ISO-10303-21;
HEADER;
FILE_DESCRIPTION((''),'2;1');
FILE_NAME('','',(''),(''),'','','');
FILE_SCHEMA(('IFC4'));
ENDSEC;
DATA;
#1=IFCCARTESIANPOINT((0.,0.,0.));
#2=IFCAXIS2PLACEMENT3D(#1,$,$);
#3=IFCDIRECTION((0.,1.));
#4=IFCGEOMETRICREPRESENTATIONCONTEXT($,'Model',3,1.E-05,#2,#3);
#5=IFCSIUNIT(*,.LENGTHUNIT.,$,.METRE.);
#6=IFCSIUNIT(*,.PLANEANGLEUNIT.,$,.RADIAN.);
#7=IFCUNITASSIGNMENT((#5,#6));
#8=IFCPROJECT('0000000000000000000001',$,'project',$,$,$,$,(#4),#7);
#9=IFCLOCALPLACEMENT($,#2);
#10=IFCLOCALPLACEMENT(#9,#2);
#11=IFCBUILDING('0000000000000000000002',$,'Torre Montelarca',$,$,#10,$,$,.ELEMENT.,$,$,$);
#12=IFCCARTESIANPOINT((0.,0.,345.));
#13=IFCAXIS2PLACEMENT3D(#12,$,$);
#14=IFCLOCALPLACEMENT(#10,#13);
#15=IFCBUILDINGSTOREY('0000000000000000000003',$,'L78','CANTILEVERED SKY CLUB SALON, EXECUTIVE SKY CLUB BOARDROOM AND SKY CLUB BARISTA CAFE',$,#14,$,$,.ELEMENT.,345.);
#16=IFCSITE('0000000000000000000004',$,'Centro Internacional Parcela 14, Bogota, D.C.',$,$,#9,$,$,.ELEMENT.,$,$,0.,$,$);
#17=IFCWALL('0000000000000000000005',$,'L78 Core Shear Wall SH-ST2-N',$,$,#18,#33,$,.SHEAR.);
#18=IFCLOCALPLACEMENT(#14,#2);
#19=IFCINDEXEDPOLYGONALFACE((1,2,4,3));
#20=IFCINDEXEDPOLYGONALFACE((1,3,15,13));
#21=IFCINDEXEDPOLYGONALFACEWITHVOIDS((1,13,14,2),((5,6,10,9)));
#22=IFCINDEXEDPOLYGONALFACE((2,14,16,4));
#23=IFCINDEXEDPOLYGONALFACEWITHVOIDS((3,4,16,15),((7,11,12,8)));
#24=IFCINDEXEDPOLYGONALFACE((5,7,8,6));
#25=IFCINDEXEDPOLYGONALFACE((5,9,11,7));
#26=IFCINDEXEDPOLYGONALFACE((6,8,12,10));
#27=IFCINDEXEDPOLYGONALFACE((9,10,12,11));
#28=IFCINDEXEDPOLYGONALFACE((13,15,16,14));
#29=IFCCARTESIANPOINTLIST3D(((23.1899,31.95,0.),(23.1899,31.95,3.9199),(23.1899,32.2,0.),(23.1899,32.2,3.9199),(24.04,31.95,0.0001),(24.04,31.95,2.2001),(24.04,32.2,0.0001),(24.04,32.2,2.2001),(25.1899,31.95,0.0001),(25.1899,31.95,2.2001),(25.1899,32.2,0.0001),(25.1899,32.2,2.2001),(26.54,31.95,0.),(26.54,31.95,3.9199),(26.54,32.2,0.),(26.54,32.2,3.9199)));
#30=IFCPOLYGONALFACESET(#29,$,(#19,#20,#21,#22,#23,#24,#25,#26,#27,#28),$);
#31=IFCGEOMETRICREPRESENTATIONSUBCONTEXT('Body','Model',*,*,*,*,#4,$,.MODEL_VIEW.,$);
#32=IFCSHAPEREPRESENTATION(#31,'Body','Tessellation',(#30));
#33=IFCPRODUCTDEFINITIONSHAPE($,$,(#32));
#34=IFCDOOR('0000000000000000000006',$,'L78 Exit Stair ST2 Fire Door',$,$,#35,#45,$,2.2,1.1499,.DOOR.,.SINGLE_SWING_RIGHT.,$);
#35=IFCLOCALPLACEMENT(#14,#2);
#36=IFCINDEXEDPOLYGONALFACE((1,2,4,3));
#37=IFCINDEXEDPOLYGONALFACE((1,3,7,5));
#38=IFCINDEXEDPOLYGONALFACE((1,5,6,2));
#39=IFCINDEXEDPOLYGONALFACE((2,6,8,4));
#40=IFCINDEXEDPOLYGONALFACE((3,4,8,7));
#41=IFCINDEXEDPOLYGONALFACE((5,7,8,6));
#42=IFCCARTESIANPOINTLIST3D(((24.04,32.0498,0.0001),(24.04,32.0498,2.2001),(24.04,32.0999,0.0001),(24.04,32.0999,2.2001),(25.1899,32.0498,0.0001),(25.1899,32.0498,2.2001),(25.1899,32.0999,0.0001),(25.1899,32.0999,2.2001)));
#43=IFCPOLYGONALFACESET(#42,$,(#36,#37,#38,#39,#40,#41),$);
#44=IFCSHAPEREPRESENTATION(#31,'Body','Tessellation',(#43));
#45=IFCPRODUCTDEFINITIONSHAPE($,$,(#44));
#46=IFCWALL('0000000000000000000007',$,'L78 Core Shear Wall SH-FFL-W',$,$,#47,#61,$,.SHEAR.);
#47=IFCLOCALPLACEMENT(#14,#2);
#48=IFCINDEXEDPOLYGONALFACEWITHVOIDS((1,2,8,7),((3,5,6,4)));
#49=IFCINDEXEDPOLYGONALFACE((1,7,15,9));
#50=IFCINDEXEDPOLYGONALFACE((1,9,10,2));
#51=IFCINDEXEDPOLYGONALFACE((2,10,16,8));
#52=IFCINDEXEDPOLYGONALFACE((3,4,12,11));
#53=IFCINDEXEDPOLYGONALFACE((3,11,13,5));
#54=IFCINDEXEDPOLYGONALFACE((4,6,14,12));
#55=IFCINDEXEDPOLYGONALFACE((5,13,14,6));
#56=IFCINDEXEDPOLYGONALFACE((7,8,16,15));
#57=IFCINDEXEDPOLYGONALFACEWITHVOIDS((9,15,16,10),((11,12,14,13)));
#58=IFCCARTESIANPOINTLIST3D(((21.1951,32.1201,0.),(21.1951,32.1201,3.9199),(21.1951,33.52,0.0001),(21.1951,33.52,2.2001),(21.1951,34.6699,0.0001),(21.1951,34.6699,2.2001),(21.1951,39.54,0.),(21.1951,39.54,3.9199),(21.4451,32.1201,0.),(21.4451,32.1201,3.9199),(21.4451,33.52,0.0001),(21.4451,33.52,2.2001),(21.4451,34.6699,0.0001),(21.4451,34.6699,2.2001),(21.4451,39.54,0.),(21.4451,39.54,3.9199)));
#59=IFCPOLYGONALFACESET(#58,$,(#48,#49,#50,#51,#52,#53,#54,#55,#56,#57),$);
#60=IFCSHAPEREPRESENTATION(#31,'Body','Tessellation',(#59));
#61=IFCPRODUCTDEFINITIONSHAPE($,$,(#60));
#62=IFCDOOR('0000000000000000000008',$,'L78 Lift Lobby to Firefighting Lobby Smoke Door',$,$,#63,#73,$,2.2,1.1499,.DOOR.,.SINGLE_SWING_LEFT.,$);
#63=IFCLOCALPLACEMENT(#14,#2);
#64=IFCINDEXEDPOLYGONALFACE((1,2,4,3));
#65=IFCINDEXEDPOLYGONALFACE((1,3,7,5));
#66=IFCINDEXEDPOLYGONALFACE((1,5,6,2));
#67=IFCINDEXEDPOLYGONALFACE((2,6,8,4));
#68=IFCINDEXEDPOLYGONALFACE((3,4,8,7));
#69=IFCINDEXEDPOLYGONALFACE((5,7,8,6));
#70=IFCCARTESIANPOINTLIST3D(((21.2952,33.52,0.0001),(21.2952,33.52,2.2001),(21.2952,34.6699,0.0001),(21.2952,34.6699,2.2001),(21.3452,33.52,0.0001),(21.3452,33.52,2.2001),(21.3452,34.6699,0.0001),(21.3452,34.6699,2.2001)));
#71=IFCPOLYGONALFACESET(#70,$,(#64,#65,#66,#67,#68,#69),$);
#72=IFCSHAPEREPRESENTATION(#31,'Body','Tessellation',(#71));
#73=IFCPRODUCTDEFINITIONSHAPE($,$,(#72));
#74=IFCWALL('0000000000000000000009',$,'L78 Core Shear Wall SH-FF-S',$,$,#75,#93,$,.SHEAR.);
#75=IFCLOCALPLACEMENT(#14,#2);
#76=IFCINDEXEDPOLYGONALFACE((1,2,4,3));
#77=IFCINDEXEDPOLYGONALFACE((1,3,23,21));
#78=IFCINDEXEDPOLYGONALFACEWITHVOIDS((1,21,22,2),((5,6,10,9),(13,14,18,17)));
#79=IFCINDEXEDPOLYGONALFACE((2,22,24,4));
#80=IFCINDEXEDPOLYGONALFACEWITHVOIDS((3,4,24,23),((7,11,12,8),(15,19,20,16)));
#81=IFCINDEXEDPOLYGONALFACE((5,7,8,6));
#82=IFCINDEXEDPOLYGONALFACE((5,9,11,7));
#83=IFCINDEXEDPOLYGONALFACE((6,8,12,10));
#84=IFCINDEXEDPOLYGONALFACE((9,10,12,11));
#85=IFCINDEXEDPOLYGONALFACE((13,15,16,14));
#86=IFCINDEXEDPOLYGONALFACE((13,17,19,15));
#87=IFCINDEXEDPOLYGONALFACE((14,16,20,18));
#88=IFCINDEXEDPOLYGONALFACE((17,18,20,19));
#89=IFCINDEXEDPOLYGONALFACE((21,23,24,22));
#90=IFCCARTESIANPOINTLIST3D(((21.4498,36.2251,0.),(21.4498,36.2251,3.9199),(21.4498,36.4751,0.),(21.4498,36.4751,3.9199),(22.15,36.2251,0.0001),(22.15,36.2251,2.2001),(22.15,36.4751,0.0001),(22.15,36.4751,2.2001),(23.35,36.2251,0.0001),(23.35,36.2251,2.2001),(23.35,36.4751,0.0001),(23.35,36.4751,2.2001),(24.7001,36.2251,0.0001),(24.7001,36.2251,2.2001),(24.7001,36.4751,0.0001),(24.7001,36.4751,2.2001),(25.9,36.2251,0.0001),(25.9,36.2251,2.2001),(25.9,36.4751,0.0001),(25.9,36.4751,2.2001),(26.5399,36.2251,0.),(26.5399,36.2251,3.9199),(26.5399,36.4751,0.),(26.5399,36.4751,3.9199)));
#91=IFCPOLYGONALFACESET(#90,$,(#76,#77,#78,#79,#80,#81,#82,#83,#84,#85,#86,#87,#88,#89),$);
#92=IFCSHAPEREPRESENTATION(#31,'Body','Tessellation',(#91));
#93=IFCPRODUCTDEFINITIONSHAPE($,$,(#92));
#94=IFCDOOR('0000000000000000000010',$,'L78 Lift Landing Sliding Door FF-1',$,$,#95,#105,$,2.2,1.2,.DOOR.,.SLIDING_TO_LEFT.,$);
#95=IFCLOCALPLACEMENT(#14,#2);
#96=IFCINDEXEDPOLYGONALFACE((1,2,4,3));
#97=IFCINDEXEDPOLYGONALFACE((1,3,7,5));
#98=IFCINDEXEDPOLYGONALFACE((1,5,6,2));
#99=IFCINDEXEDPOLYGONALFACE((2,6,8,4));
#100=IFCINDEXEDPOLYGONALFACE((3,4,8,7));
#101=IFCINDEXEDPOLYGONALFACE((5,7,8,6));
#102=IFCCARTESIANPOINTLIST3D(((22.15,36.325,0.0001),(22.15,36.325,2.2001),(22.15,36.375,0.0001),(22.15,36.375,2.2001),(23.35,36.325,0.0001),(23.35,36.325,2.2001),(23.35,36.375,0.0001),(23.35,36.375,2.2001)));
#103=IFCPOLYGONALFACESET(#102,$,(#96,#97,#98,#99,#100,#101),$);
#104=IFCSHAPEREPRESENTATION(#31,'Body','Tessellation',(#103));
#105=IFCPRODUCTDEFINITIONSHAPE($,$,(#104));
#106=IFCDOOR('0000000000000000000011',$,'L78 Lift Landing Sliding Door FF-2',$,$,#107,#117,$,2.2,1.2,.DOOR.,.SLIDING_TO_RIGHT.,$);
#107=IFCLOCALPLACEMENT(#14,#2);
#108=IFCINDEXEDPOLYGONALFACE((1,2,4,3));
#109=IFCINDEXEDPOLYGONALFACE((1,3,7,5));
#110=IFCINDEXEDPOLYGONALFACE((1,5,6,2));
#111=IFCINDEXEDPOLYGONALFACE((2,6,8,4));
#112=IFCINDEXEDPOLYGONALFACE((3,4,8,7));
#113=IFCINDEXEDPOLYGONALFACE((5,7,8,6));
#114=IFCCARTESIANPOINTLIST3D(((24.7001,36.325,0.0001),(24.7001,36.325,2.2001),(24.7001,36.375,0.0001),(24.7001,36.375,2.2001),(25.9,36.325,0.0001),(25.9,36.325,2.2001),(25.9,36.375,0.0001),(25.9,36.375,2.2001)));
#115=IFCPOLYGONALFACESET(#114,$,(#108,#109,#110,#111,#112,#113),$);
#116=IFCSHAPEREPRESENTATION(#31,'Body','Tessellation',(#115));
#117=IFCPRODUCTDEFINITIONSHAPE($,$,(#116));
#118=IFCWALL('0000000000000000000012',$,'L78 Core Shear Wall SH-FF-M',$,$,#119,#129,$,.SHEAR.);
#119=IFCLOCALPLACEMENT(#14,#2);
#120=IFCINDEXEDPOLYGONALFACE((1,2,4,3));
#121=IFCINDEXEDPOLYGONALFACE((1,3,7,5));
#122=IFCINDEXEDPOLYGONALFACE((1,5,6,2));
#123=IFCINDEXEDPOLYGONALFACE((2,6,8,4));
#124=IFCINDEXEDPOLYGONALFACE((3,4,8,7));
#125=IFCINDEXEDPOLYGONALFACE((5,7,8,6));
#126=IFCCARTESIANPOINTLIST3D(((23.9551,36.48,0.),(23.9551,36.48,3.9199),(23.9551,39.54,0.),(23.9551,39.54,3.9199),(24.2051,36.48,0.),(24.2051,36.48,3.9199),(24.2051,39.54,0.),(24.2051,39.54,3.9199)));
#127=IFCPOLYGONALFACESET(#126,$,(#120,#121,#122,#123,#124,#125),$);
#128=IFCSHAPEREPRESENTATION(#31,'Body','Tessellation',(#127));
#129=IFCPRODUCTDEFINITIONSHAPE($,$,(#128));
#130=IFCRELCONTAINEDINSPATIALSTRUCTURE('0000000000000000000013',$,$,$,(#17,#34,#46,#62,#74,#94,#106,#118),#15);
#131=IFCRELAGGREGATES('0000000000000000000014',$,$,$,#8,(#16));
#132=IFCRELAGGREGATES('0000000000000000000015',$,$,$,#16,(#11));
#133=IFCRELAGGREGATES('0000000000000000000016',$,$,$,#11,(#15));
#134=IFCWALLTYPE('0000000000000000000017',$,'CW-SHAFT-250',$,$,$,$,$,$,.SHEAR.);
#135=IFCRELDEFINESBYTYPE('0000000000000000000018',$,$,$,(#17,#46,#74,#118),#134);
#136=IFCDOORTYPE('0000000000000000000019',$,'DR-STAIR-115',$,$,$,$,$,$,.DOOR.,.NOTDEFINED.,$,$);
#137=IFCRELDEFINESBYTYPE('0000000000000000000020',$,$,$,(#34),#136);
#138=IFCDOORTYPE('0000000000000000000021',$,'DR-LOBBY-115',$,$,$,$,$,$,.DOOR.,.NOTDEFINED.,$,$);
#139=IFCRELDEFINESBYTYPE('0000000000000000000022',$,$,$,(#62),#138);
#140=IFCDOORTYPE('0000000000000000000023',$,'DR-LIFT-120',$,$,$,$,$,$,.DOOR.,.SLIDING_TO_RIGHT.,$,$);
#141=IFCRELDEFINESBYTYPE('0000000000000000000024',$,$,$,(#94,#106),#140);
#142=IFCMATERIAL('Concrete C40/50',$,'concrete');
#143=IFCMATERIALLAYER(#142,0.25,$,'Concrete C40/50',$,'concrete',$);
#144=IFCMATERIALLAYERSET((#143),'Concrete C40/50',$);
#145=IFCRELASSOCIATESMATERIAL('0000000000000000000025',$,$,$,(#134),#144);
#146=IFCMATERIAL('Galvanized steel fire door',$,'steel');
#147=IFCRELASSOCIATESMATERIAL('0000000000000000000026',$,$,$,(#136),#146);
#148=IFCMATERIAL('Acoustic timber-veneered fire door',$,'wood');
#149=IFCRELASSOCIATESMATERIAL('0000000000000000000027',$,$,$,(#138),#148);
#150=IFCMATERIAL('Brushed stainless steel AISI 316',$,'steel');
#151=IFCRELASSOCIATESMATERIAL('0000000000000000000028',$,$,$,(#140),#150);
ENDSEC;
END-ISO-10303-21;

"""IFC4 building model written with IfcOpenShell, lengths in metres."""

from ifc_helpers import new_model, si_unit, direction, frame, frame_2d, origin, place, context, subcontext, project, spatial, rectangle, extrude, source, transform, mapped, material, layer, layer_set, type_object, element, fill, save


model = new_model("IFC4")

# Units and contexts
model_context = context("Model", 3, precision=1e-05, world=origin(), true_north=direction((0.0, 1.0)))
body_context = subcontext(model_context, "Body", "Model", "MODEL_VIEW")
ifc_project = project(units=[si_unit("LENGTHUNIT", "METRE"), si_unit("PLANEANGLEUNIT", "RADIAN")], contexts=[model_context])

# Site, building, storey
site_placement = place(None, origin())
site = spatial("IfcSite", under=ifc_project, at=site_placement, Name="Centro Internacional Parcela 14, Bogota, D.C.", CompositionType="ELEMENT", RefElevation=0.0)
building_placement = place(site_placement, origin())
building = spatial("IfcBuilding", under=site, at=building_placement, Name="Torre Montelarca", CompositionType="ELEMENT")
storey_placement = place(building_placement, frame((0.0, 0.0, 345.0)))
storey = spatial("IfcBuildingStorey", under=building, at=storey_placement, Name="L78", Description="CANTILEVERED SKY CLUB SALON, EXECUTIVE SKY CLUB BOARDROOM AND SKY CLUB BARISTA CAFE", CompositionType="ELEMENT", Elevation=345.0)

# Shared definitions
ifc_material_1 = material(Name="Concrete C40/50", Category="concrete")

# Walls, openings, doors
ifc_layer_1 = layer(ifc_material_1, 0.25, Name="Concrete C40/50", Category="concrete")
ifc_layer_set_1 = layer_set([ifc_layer_1], Name="Concrete C40/50")
wall_type_1 = type_object("IfcWallType", Name="CW-SHAFT-250", PredefinedType="SHEAR", material=ifc_layer_set_1)
wall_1_placement = place(storey_placement, frame((23.1899, 32.075, 0.0), z_axis=(0.0, 0.0, 1.0), x_axis=(1.0, 0.0, 0.0)))
wall_1 = element("IfcWall", 1, at=wall_1_placement, inside=storey, type_object=wall_type_1, Name="L78 Core Shear Wall SH-ST2-N", PredefinedType="SHEAR", context=body_context, shape_type="SweptSolid", body=[
    extrude(rectangle(XDim=3.3501, YDim=0.25, at=frame_2d((1.675, 0.0))), origin(), (0.0, 0.0, 1.0), 3.9199),
])
opening_1_placement = place(wall_1_placement, frame((0.8501, 0.0, 0.0)))
opening_1 = element("IfcOpeningElement", 2, at=opening_1_placement, cuts=wall_1, PredefinedType="OPENING", context=body_context, shape_type="SweptSolid", body=[
    extrude(rectangle(XDim=1.1499, YDim=2.2, at=frame_2d((0.575, 1.1001))), frame((0.0, 0.135, 0.0), z_axis=(0.0, -1.0, 0.0), x_axis=(1.0, 0.0, 0.0)), (0.0, 0.0, 1.0), 0.27),
])
ifc_material_2 = material(Name="Galvanized steel fire door", Category="steel")
door_type_1 = type_object("IfcDoorType", Name="DR-STAIR-115", OperationType="NOTDEFINED", PredefinedType="DOOR", material=ifc_material_2)
shared_shape_1 = source(origin(), body_context, "Body", "SweptSolid", [
    extrude(rectangle(XDim=1.1499, YDim=2.2, at=frame_2d((0.575, 1.1001))), frame((0.0, 0.0249, 0.0), z_axis=(0.0, -1.0, 0.0), x_axis=(1.0, 0.0, 0.0)), (0.0, 0.0, 1.0), 0.05),
])
door_1_placement = place(opening_1_placement, origin())
door_1 = element("IfcDoor", 3, at=door_1_placement, inside=storey, type_object=door_type_1, Name="L78 Exit Stair ST2 Fire Door", OperationType="SINGLE_SWING_RIGHT", OverallHeight=2.2, OverallWidth=1.1499, PredefinedType="DOOR", context=body_context, shape_type="MappedRepresentation", body=[
    mapped(shared_shape_1, transform((0.0, 0.0, 0.0), scale=1.0)),
])
fill(opening_1, door_1)
wall_2_placement = place(storey_placement, frame((21.3201, 32.1201, 0.0), z_axis=(0.0, 0.0, 1.0), x_axis=(0.0, 1.0, 0.0)))
wall_2 = element("IfcWall", 4, at=wall_2_placement, inside=storey, type_object=wall_type_1, Name="L78 Core Shear Wall SH-FFL-W", PredefinedType="SHEAR", context=body_context, shape_type="SweptSolid", body=[
    extrude(rectangle(XDim=7.4199, YDim=0.25, at=frame_2d((3.71, 0.0))), origin(), (0.0, 0.0, 1.0), 3.9199),
])
opening_2_placement = place(wall_2_placement, frame((1.3999, 0.0, 0.0)))
opening_2 = element("IfcOpeningElement", 5, at=opening_2_placement, cuts=wall_2, PredefinedType="OPENING", context=body_context, shape_type="SweptSolid", body=[
    extrude(rectangle(XDim=1.1499, YDim=2.2, at=frame_2d((0.575, 1.1001))), frame((0.0, 0.135, 0.0), z_axis=(0.0, -1.0, 0.0), x_axis=(1.0, 0.0, 0.0)), (0.0, 0.0, 1.0), 0.27),
])
ifc_material_3 = material(Name="Acoustic timber-veneered fire door", Category="wood")
door_type_2 = type_object("IfcDoorType", Name="DR-LOBBY-115", OperationType="NOTDEFINED", PredefinedType="DOOR", material=ifc_material_3)
shared_shape_2 = source(origin(), body_context, "Body", "SweptSolid", [
    extrude(rectangle(XDim=1.1499, YDim=2.2, at=frame_2d((0.575, 1.1001))), frame((0.0, 0.0249, 0.0), z_axis=(0.0, -1.0, 0.0), x_axis=(1.0, 0.0, 0.0)), (0.0, 0.0, 1.0), 0.05),
])
door_2_placement = place(opening_2_placement, origin())
door_2 = element("IfcDoor", 6, at=door_2_placement, inside=storey, type_object=door_type_2, Name="L78 Lift Lobby to Firefighting Lobby Smoke Door", OperationType="SINGLE_SWING_LEFT", OverallHeight=2.2, OverallWidth=1.1499, PredefinedType="DOOR", context=body_context, shape_type="MappedRepresentation", body=[
    mapped(shared_shape_2, transform((0.0, 0.0, 0.0), scale=1.0)),
])
fill(opening_2, door_2)

# Wall, openings, doors
wall_3_placement = place(storey_placement, frame((21.45, 36.3501, 0.0), z_axis=(0.0, 0.0, 1.0), x_axis=(1.0, 0.0, 0.0)))
wall_3 = element("IfcWall", 7, at=wall_3_placement, inside=storey, type_object=wall_type_1, Name="L78 Core Shear Wall SH-FF-S", PredefinedType="SHEAR", context=body_context, shape_type="SweptSolid", body=[
    extrude(rectangle(XDim=5.0901, YDim=0.25, at=frame_2d((2.5449, 0.0))), origin(), (0.0, 0.0, 1.0), 3.9199),
])
opening_3_placement = place(wall_3_placement, frame((0.7, 0.0, 0.0)))
opening_3 = element("IfcOpeningElement", 8, at=opening_3_placement, cuts=wall_3, PredefinedType="OPENING", context=body_context, shape_type="SweptSolid", body=[
    extrude(rectangle(XDim=1.2, YDim=2.2, at=frame_2d((0.6001, 1.1001))), frame((0.0, 0.135, 0.0), z_axis=(0.0, -1.0, 0.0), x_axis=(1.0, 0.0, 0.0)), (0.0, 0.0, 1.0), 0.27),
])
opening_4_placement = place(wall_3_placement, frame((3.25, 0.0, 0.0)))
opening_4 = element("IfcOpeningElement", 9, at=opening_4_placement, cuts=wall_3, PredefinedType="OPENING", context=body_context, shape_type="SweptSolid", body=[
    extrude(rectangle(XDim=1.2, YDim=2.2, at=frame_2d((0.6001, 1.1001))), frame((0.0, 0.135, 0.0), z_axis=(0.0, -1.0, 0.0), x_axis=(1.0, 0.0, 0.0)), (0.0, 0.0, 1.0), 0.27),
])
ifc_material_4 = material(Name="Brushed stainless steel AISI 316", Category="steel")
door_type_3 = type_object("IfcDoorType", Name="DR-LIFT-120", OperationType="SLIDING_TO_RIGHT", PredefinedType="DOOR", material=ifc_material_4)
shared_shape_3 = source(origin(), body_context, "Body", "SweptSolid", [
    extrude(rectangle(XDim=1.2, YDim=2.2, at=frame_2d((0.6001, 1.1001))), frame((0.0, 0.0249, 0.0), z_axis=(0.0, -1.0, 0.0), x_axis=(1.0, 0.0, 0.0)), (0.0, 0.0, 1.0), 0.05),
])
door_3_placement = place(opening_3_placement, origin())
door_3 = element("IfcDoor", 10, at=door_3_placement, inside=storey, type_object=door_type_3, Name="L78 Lift Landing Sliding Door FF-1", OperationType="SLIDING_TO_LEFT", OverallHeight=2.2, OverallWidth=1.2, PredefinedType="DOOR", context=body_context, shape_type="MappedRepresentation", body=[
    mapped(shared_shape_3, transform((0.0, 0.0, 0.0), scale=1.0)),
])
fill(opening_3, door_3)
door_4_placement = place(opening_4_placement, origin())
door_4 = element("IfcDoor", 11, at=door_4_placement, inside=storey, type_object=door_type_3, Name="L78 Lift Landing Sliding Door FF-2", OperationType="SLIDING_TO_RIGHT", OverallHeight=2.2, OverallWidth=1.2, PredefinedType="DOOR", context=body_context, shape_type="MappedRepresentation", body=[
    mapped(shared_shape_3, transform((0.0, 0.0, 0.0), scale=1.0)),
])
fill(opening_4, door_4)

# Wall
wall_4_placement = place(storey_placement, frame((24.0801, 36.48, 0.0), z_axis=(0.0, 0.0, 1.0), x_axis=(0.0, 1.0, 0.0)))
element("IfcWall", 12, at=wall_4_placement, inside=storey, type_object=wall_type_1, Name="L78 Core Shear Wall SH-FF-M", PredefinedType="SHEAR", context=body_context, shape_type="SweptSolid", body=[
    extrude(rectangle(XDim=3.0601, YDim=0.25, at=frame_2d((1.53, 0.0))), origin(), (0.0, 0.0, 1.0), 3.9199),
])

save(model, "model.ifc")
